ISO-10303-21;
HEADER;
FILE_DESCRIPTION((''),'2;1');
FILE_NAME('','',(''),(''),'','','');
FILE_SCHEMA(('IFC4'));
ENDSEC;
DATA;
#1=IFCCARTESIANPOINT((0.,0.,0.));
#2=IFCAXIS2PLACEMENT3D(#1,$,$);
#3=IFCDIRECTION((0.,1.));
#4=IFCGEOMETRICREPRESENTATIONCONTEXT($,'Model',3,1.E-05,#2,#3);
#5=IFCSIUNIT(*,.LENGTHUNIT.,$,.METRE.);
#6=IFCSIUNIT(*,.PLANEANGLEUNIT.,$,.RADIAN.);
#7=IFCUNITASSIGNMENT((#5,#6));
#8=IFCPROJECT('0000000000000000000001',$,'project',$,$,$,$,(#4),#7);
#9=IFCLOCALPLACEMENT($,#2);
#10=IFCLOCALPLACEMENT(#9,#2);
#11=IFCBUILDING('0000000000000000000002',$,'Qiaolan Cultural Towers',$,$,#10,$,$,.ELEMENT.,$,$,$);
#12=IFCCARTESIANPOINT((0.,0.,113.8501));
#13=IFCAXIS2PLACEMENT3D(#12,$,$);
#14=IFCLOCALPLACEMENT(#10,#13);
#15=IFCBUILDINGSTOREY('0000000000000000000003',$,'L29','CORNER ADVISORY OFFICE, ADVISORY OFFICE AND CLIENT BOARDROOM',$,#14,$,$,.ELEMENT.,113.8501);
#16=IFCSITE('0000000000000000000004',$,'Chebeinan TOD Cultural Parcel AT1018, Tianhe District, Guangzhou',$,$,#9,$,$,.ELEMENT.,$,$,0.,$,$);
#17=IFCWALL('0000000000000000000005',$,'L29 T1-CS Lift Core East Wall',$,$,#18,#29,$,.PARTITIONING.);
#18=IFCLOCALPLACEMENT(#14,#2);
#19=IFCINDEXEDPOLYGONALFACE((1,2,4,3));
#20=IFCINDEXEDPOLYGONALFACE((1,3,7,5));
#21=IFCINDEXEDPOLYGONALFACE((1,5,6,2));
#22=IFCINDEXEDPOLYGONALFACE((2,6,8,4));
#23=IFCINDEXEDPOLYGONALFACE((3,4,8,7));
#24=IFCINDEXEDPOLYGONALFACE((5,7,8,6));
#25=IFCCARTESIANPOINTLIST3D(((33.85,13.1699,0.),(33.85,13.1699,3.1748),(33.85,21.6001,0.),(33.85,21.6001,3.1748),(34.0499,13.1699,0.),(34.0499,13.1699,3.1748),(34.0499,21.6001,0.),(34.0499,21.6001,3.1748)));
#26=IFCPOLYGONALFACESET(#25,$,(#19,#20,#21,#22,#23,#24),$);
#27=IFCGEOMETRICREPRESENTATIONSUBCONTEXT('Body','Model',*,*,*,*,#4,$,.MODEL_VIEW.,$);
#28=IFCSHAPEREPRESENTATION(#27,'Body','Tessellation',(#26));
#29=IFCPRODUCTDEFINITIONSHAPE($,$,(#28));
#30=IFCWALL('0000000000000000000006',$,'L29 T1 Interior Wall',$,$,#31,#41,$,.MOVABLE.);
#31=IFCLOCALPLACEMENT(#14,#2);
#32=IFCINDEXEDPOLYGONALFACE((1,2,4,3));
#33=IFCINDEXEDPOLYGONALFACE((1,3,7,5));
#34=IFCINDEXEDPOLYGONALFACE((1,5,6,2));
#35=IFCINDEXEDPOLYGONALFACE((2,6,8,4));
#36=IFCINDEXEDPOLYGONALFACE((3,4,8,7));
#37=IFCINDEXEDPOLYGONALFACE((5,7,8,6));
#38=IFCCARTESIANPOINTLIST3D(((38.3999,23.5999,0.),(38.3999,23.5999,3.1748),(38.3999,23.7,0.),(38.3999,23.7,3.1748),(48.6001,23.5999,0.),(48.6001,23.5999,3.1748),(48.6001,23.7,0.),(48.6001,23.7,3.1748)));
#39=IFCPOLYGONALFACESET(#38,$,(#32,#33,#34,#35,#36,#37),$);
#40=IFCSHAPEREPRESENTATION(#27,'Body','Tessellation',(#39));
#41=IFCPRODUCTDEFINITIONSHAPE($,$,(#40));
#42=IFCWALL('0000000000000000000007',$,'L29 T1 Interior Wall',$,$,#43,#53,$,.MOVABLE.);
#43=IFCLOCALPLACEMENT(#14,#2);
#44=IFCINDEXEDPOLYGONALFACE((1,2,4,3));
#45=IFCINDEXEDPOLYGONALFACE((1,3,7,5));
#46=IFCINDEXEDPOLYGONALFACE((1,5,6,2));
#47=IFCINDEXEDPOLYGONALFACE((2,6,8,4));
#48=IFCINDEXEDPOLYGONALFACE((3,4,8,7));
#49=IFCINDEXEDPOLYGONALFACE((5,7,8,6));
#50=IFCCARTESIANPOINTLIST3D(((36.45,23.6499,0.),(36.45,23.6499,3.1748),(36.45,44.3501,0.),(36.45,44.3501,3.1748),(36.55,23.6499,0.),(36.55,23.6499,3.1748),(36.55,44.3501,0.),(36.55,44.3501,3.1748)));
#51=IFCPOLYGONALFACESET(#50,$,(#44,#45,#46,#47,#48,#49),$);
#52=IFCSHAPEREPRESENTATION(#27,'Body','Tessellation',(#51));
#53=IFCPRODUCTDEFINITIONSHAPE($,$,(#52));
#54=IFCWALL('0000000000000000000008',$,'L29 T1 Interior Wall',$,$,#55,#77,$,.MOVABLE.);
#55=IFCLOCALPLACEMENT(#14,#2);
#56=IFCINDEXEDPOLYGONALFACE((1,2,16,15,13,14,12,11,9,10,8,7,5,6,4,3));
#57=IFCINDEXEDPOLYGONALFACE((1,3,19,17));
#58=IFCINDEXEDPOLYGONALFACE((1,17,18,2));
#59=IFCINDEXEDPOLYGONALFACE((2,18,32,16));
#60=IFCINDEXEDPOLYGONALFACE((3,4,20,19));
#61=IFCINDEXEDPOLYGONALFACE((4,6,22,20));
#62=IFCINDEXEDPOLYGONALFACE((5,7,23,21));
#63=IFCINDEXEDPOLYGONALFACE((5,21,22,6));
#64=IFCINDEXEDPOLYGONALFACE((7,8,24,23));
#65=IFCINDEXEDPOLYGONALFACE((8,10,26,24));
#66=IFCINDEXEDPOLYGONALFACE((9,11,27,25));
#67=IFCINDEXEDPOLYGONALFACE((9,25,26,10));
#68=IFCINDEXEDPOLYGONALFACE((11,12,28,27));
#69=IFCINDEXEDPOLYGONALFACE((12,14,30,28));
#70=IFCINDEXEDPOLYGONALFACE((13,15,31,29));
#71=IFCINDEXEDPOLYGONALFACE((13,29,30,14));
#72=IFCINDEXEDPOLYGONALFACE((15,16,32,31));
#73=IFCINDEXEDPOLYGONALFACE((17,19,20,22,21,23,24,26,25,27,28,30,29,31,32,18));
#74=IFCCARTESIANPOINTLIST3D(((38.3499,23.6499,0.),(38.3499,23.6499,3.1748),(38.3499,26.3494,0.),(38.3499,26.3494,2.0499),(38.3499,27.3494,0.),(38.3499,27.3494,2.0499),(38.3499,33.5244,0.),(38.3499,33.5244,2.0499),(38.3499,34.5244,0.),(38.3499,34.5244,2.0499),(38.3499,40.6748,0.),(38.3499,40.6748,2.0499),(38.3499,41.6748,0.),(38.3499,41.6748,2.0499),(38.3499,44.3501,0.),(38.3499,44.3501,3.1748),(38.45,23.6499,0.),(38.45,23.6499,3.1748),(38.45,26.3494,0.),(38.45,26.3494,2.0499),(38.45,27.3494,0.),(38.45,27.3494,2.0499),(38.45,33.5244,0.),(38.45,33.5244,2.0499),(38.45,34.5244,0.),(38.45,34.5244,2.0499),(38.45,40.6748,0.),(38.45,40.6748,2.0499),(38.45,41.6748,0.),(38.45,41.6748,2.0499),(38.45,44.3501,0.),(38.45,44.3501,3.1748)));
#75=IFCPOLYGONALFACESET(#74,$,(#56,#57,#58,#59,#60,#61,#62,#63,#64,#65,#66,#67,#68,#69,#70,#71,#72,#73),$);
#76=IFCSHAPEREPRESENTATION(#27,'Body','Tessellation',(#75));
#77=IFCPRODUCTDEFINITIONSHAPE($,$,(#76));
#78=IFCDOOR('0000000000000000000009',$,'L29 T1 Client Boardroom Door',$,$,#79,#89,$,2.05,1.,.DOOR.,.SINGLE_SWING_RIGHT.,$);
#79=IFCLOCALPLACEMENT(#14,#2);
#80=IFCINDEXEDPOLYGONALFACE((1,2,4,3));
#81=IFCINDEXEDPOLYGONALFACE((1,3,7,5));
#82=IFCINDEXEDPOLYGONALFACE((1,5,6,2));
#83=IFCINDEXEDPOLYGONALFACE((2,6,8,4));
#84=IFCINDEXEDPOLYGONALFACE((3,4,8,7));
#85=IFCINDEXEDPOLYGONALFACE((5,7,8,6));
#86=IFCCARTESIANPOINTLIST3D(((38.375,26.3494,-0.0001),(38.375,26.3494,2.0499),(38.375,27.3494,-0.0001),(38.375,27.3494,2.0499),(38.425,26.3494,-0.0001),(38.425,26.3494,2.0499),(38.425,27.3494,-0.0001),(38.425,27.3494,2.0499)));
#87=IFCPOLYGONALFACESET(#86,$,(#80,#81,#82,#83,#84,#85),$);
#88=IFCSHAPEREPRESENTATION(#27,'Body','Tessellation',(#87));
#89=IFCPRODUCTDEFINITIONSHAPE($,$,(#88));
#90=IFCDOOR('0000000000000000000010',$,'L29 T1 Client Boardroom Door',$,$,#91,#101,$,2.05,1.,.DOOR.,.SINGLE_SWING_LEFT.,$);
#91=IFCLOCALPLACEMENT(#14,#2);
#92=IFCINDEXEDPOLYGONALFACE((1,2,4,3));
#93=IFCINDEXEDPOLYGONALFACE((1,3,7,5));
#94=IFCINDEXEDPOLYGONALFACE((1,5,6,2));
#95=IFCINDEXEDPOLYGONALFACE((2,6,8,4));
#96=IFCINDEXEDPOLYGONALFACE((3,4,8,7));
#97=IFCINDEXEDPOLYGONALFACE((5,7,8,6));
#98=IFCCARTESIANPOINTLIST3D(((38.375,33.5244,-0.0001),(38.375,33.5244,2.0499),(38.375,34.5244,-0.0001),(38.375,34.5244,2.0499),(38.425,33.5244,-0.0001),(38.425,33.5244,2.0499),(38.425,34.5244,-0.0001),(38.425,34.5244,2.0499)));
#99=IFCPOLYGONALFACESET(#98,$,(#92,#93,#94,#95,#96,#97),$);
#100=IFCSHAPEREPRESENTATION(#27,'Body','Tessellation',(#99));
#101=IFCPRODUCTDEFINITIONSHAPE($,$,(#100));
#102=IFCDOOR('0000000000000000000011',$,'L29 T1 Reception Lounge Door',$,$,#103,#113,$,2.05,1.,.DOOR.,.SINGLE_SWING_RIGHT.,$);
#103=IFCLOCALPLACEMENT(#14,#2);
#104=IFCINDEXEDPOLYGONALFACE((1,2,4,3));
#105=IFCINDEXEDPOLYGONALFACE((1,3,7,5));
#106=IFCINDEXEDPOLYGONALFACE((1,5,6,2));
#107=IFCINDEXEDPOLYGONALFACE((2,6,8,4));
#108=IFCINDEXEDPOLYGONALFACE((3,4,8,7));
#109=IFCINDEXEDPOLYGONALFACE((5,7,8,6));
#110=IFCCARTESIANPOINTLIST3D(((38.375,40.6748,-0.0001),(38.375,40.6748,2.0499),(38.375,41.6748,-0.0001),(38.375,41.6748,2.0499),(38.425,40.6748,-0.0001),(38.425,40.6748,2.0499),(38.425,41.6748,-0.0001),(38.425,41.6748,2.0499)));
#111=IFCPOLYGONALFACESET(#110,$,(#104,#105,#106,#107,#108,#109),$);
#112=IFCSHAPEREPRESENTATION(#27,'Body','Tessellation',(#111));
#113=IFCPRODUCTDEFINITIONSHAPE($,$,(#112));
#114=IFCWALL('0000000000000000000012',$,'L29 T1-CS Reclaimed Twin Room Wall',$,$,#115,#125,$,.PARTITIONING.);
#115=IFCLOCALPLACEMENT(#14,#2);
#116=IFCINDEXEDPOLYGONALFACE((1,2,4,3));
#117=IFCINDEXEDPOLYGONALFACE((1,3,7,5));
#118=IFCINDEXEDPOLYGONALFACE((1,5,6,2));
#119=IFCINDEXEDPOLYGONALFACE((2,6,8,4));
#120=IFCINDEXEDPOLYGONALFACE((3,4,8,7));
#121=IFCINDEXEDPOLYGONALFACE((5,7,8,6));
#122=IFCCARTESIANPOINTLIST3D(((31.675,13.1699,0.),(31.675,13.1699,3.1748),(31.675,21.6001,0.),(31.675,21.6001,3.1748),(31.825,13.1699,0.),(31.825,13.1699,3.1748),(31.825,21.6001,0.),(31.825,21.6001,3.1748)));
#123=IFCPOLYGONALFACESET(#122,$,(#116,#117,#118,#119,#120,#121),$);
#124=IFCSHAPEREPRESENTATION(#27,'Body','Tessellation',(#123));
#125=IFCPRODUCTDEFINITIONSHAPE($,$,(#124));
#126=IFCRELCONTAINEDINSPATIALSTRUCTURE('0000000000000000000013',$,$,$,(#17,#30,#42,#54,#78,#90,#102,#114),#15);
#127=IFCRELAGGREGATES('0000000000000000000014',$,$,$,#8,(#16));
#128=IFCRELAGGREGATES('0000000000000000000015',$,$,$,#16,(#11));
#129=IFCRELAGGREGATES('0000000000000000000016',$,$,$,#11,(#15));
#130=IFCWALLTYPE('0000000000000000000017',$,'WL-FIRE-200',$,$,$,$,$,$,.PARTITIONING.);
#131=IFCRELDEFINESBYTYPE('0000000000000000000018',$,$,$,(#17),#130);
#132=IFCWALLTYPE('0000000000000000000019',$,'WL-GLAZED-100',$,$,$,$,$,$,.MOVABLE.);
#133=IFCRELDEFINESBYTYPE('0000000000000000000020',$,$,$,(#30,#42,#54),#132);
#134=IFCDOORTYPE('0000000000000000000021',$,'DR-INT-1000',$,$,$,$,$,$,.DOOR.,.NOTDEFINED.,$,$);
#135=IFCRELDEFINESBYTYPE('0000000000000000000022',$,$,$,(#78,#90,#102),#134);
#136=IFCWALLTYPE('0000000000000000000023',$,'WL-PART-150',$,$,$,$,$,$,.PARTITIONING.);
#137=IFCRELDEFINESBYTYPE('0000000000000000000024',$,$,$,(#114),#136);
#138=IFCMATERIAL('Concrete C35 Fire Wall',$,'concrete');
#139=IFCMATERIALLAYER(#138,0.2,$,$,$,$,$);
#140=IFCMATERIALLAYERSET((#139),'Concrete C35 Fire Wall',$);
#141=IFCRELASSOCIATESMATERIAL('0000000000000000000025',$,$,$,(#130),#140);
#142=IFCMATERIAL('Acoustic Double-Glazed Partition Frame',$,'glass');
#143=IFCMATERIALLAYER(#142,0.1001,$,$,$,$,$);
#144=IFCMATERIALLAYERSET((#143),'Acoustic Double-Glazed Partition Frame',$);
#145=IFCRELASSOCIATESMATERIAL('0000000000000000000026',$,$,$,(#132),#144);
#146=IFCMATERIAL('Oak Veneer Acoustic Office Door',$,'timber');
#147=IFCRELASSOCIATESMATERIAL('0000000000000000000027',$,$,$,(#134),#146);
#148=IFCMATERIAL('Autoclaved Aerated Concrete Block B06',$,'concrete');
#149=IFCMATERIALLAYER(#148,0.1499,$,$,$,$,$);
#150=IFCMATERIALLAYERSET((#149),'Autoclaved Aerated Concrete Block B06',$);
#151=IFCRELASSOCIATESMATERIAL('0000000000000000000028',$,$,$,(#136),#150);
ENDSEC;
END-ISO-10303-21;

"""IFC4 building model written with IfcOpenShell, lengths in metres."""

from ifc_helpers import new_model, si_unit, direction, frame, frame_2d, origin, place, context, subcontext, project, spatial, rectangle, extrude, material, layer, layer_set, type_object, element, fill, save


model = new_model("IFC4")

# Units and contexts
model_context = context("Model", 3, precision=1e-05, world=origin(), true_north=direction((0.0, 1.0)))
body_context = subcontext(model_context, "Body", "Model", "MODEL_VIEW")
ifc_project = project(units=[si_unit("LENGTHUNIT", "METRE"), si_unit("PLANEANGLEUNIT", "RADIAN")], contexts=[model_context])

# Site, building, storey
site_placement = place(None, origin())
site = spatial("IfcSite", under=ifc_project, at=site_placement, Name="Chebeinan TOD Cultural Parcel AT1018, Tianhe District, Guangzhou", CompositionType="ELEMENT", RefElevation=0.0)
building_placement = place(site_placement, origin())
building = spatial("IfcBuilding", under=site, at=building_placement, Name="Qiaolan Cultural Towers", CompositionType="ELEMENT")
storey_placement = place(building_placement, frame((0.0, 0.0, 113.8501)))
storey = spatial("IfcBuildingStorey", under=building, at=storey_placement, Name="L29", Description="CORNER ADVISORY OFFICE, ADVISORY OFFICE AND CLIENT BOARDROOM", CompositionType="ELEMENT", Elevation=113.8501)

# Walls
ifc_material_1 = material(Name="Concrete C35 Fire Wall", Category="concrete")
ifc_layer_1 = layer(ifc_material_1, 0.2)
ifc_layer_set_1 = layer_set([ifc_layer_1], Name="Concrete C35 Fire Wall")
wall_type_1 = type_object("IfcWallType", Name="WL-FIRE-200", PredefinedType="PARTITIONING", material=ifc_layer_set_1)
wall_1_placement = place(storey_placement, frame((33.95, 21.6001, 0.0), z_axis=(0.0, 0.0, 1.0), x_axis=(0.0, -1.0, 0.0)))
element("IfcWall", 1, at=wall_1_placement, inside=storey, type_object=wall_type_1, Name="L29 T1-CS Lift Core East Wall", PredefinedType="PARTITIONING", context=body_context, shape_type="SweptSolid", body=[
    extrude(rectangle(XDim=8.4302, YDim=0.2, at=frame_2d((4.2151, 0.0))), origin(), (0.0, 0.0, 1.0), 3.1748),
])
ifc_material_2 = material(Name="Acoustic Double-Glazed Partition Frame", Category="glass")
ifc_layer_2 = layer(ifc_material_2, 0.1001)
ifc_layer_set_2 = layer_set([ifc_layer_2], Name="Acoustic Double-Glazed Partition Frame")
wall_type_2 = type_object("IfcWallType", Name="WL-GLAZED-100", PredefinedType="MOVABLE", material=ifc_layer_set_2)
wall_2_placement = place(storey_placement, frame((38.3999, 23.6499, 0.0), z_axis=(0.0, 0.0, 1.0), x_axis=(1.0, 0.0, 0.0)))
element("IfcWall", 2, at=wall_2_placement, inside=storey, type_object=wall_type_2, Name="L29 T1 Interior Wall", PredefinedType="MOVABLE", context=body_context, shape_type="SweptSolid", body=[
    extrude(rectangle(XDim=10.2002, YDim=0.1001, at=frame_2d((5.1001, 0.0))), origin(), (0.0, 0.0, 1.0), 3.1748),
])
wall_3_placement = place(storey_placement, frame((36.5, 23.6499, 0.0), z_axis=(0.0, 0.0, 1.0), x_axis=(0.0, 1.0, 0.0)))
element("IfcWall", 3, at=wall_3_placement, inside=storey, type_object=wall_type_2, Name="L29 T1 Interior Wall", PredefinedType="MOVABLE", context=body_context, shape_type="SweptSolid", body=[
    extrude(rectangle(XDim=20.7002, YDim=0.1001, at=frame_2d((10.3501, 0.0))), origin(), (0.0, 0.0, 1.0), 3.1748),
])

# Wall, openings, doors
wall_4_placement = place(storey_placement, frame((38.3999, 23.6499, 0.0), z_axis=(0.0, 0.0, 1.0), x_axis=(0.0, 1.0, 0.0)))
wall_4 = element("IfcWall", 4, at=wall_4_placement, inside=storey, type_object=wall_type_2, Name="L29 T1 Interior Wall", PredefinedType="MOVABLE", context=body_context, shape_type="SweptSolid", body=[
    extrude(rectangle(XDim=20.7002, YDim=0.1001, at=frame_2d((10.3501, 0.0))), origin(), (0.0, 0.0, 1.0), 3.1748),
])
opening_1_placement = place(wall_4_placement, frame((2.6995, 0.0, 0.0)))
opening_1 = element("IfcOpeningElement", 5, at=opening_1_placement, cuts=wall_4, PredefinedType="OPENING", context=body_context, shape_type="SweptSolid", body=[
    extrude(rectangle(XDim=1.0, YDim=2.05, at=frame_2d((0.5, 1.0249))), frame((0.0, 0.0601, 0.0), z_axis=(0.0, -1.0, 0.0), x_axis=(1.0, 0.0, 0.0)), (0.0, 0.0, 1.0), 0.1201),
])
opening_2_placement = place(wall_4_placement, frame((9.8745, 0.0, 0.0)))
opening_2 = element("IfcOpeningElement", 6, at=opening_2_placement, cuts=wall_4, PredefinedType="OPENING", context=body_context, shape_type="SweptSolid", body=[
    extrude(rectangle(XDim=1.0, YDim=2.05, at=frame_2d((0.5, 1.0249))), frame((0.0, 0.0601, 0.0), z_axis=(0.0, -1.0, 0.0), x_axis=(1.0, 0.0, 0.0)), (0.0, 0.0, 1.0), 0.1201),
])
opening_3_placement = place(wall_4_placement, frame((17.0249, 0.0, 0.0)))
opening_3 = element("IfcOpeningElement", 7, at=opening_3_placement, cuts=wall_4, PredefinedType="OPENING", context=body_context, shape_type="SweptSolid", body=[
    extrude(rectangle(XDim=1.0, YDim=2.05, at=frame_2d((0.5, 1.0249))), frame((0.0, 0.0601, 0.0), z_axis=(0.0, -1.0, 0.0), x_axis=(1.0, 0.0, 0.0)), (0.0, 0.0, 1.0), 0.1201),
])
ifc_material_3 = material(Name="Oak Veneer Acoustic Office Door", Category="timber")
door_type_1 = type_object("IfcDoorType", Name="DR-INT-1000", OperationType="NOTDEFINED", PredefinedType="DOOR", material=ifc_material_3)
door_1_placement = place(opening_1_placement, origin())
door_1 = element("IfcDoor", 8, at=door_1_placement, inside=storey, type_object=door_type_1, Name="L29 T1 Client Boardroom Door", OperationType="SINGLE_SWING_RIGHT", OverallHeight=2.05, OverallWidth=1.0, PredefinedType="DOOR", context=body_context, shape_type="SweptSolid", body=[
    extrude(rectangle(XDim=1.0, YDim=2.05, at=frame_2d((0.5, 1.0249))), frame((0.0, 0.0249, 0.0), z_axis=(0.0, -1.0, 0.0), x_axis=(1.0, 0.0, 0.0)), (0.0, 0.0, 1.0), 0.05),
])
fill(opening_1, door_1)
door_2_placement = place(opening_2_placement, origin())
door_2 = element("IfcDoor", 9, at=door_2_placement, inside=storey, type_object=door_type_1, Name="L29 T1 Client Boardroom Door", OperationType="SINGLE_SWING_LEFT", OverallHeight=2.05, OverallWidth=1.0, PredefinedType="DOOR", context=body_context, shape_type="SweptSolid", body=[
    extrude(rectangle(XDim=1.0, YDim=2.05, at=frame_2d((0.5, 1.0249))), frame((0.0, 0.0249, 0.0), z_axis=(0.0, -1.0, 0.0), x_axis=(1.0, 0.0, 0.0)), (0.0, 0.0, 1.0), 0.05),
])
fill(opening_2, door_2)
door_3_placement = place(opening_3_placement, origin())
door_3 = element("IfcDoor", 10, at=door_3_placement, inside=storey, type_object=door_type_1, Name="L29 T1 Reception Lounge Door", OperationType="SINGLE_SWING_RIGHT", OverallHeight=2.05, OverallWidth=1.0, PredefinedType="DOOR", context=body_context, shape_type="SweptSolid", body=[
    extrude(rectangle(XDim=1.0, YDim=2.05, at=frame_2d((0.5, 1.0249))), frame((0.0, 0.0249, 0.0), z_axis=(0.0, -1.0, 0.0), x_axis=(1.0, 0.0, 0.0)), (0.0, 0.0, 1.0), 0.05),
])
fill(opening_3, door_3)

# Wall
ifc_material_4 = material(Name="Autoclaved Aerated Concrete Block B06", Category="concrete")
ifc_layer_3 = layer(ifc_material_4, 0.1499)
ifc_layer_set_3 = layer_set([ifc_layer_3], Name="Autoclaved Aerated Concrete Block B06")
wall_type_3 = type_object("IfcWallType", Name="WL-PART-150", PredefinedType="PARTITIONING", material=ifc_layer_set_3)
wall_5_placement = place(storey_placement, frame((31.75, 21.6001, 0.0), z_axis=(0.0, 0.0, 1.0), x_axis=(0.0, -1.0, 0.0)))
element("IfcWall", 11, at=wall_5_placement, inside=storey, type_object=wall_type_3, Name="L29 T1-CS Reclaimed Twin Room Wall", PredefinedType="PARTITIONING", context=body_context, shape_type="SweptSolid", body=[
    extrude(rectangle(XDim=8.4302, YDim=0.1499, at=frame_2d((4.2151, 0.0))), origin(), (0.0, 0.0, 1.0), 3.1748),
])

save(model, "model.ifc")
